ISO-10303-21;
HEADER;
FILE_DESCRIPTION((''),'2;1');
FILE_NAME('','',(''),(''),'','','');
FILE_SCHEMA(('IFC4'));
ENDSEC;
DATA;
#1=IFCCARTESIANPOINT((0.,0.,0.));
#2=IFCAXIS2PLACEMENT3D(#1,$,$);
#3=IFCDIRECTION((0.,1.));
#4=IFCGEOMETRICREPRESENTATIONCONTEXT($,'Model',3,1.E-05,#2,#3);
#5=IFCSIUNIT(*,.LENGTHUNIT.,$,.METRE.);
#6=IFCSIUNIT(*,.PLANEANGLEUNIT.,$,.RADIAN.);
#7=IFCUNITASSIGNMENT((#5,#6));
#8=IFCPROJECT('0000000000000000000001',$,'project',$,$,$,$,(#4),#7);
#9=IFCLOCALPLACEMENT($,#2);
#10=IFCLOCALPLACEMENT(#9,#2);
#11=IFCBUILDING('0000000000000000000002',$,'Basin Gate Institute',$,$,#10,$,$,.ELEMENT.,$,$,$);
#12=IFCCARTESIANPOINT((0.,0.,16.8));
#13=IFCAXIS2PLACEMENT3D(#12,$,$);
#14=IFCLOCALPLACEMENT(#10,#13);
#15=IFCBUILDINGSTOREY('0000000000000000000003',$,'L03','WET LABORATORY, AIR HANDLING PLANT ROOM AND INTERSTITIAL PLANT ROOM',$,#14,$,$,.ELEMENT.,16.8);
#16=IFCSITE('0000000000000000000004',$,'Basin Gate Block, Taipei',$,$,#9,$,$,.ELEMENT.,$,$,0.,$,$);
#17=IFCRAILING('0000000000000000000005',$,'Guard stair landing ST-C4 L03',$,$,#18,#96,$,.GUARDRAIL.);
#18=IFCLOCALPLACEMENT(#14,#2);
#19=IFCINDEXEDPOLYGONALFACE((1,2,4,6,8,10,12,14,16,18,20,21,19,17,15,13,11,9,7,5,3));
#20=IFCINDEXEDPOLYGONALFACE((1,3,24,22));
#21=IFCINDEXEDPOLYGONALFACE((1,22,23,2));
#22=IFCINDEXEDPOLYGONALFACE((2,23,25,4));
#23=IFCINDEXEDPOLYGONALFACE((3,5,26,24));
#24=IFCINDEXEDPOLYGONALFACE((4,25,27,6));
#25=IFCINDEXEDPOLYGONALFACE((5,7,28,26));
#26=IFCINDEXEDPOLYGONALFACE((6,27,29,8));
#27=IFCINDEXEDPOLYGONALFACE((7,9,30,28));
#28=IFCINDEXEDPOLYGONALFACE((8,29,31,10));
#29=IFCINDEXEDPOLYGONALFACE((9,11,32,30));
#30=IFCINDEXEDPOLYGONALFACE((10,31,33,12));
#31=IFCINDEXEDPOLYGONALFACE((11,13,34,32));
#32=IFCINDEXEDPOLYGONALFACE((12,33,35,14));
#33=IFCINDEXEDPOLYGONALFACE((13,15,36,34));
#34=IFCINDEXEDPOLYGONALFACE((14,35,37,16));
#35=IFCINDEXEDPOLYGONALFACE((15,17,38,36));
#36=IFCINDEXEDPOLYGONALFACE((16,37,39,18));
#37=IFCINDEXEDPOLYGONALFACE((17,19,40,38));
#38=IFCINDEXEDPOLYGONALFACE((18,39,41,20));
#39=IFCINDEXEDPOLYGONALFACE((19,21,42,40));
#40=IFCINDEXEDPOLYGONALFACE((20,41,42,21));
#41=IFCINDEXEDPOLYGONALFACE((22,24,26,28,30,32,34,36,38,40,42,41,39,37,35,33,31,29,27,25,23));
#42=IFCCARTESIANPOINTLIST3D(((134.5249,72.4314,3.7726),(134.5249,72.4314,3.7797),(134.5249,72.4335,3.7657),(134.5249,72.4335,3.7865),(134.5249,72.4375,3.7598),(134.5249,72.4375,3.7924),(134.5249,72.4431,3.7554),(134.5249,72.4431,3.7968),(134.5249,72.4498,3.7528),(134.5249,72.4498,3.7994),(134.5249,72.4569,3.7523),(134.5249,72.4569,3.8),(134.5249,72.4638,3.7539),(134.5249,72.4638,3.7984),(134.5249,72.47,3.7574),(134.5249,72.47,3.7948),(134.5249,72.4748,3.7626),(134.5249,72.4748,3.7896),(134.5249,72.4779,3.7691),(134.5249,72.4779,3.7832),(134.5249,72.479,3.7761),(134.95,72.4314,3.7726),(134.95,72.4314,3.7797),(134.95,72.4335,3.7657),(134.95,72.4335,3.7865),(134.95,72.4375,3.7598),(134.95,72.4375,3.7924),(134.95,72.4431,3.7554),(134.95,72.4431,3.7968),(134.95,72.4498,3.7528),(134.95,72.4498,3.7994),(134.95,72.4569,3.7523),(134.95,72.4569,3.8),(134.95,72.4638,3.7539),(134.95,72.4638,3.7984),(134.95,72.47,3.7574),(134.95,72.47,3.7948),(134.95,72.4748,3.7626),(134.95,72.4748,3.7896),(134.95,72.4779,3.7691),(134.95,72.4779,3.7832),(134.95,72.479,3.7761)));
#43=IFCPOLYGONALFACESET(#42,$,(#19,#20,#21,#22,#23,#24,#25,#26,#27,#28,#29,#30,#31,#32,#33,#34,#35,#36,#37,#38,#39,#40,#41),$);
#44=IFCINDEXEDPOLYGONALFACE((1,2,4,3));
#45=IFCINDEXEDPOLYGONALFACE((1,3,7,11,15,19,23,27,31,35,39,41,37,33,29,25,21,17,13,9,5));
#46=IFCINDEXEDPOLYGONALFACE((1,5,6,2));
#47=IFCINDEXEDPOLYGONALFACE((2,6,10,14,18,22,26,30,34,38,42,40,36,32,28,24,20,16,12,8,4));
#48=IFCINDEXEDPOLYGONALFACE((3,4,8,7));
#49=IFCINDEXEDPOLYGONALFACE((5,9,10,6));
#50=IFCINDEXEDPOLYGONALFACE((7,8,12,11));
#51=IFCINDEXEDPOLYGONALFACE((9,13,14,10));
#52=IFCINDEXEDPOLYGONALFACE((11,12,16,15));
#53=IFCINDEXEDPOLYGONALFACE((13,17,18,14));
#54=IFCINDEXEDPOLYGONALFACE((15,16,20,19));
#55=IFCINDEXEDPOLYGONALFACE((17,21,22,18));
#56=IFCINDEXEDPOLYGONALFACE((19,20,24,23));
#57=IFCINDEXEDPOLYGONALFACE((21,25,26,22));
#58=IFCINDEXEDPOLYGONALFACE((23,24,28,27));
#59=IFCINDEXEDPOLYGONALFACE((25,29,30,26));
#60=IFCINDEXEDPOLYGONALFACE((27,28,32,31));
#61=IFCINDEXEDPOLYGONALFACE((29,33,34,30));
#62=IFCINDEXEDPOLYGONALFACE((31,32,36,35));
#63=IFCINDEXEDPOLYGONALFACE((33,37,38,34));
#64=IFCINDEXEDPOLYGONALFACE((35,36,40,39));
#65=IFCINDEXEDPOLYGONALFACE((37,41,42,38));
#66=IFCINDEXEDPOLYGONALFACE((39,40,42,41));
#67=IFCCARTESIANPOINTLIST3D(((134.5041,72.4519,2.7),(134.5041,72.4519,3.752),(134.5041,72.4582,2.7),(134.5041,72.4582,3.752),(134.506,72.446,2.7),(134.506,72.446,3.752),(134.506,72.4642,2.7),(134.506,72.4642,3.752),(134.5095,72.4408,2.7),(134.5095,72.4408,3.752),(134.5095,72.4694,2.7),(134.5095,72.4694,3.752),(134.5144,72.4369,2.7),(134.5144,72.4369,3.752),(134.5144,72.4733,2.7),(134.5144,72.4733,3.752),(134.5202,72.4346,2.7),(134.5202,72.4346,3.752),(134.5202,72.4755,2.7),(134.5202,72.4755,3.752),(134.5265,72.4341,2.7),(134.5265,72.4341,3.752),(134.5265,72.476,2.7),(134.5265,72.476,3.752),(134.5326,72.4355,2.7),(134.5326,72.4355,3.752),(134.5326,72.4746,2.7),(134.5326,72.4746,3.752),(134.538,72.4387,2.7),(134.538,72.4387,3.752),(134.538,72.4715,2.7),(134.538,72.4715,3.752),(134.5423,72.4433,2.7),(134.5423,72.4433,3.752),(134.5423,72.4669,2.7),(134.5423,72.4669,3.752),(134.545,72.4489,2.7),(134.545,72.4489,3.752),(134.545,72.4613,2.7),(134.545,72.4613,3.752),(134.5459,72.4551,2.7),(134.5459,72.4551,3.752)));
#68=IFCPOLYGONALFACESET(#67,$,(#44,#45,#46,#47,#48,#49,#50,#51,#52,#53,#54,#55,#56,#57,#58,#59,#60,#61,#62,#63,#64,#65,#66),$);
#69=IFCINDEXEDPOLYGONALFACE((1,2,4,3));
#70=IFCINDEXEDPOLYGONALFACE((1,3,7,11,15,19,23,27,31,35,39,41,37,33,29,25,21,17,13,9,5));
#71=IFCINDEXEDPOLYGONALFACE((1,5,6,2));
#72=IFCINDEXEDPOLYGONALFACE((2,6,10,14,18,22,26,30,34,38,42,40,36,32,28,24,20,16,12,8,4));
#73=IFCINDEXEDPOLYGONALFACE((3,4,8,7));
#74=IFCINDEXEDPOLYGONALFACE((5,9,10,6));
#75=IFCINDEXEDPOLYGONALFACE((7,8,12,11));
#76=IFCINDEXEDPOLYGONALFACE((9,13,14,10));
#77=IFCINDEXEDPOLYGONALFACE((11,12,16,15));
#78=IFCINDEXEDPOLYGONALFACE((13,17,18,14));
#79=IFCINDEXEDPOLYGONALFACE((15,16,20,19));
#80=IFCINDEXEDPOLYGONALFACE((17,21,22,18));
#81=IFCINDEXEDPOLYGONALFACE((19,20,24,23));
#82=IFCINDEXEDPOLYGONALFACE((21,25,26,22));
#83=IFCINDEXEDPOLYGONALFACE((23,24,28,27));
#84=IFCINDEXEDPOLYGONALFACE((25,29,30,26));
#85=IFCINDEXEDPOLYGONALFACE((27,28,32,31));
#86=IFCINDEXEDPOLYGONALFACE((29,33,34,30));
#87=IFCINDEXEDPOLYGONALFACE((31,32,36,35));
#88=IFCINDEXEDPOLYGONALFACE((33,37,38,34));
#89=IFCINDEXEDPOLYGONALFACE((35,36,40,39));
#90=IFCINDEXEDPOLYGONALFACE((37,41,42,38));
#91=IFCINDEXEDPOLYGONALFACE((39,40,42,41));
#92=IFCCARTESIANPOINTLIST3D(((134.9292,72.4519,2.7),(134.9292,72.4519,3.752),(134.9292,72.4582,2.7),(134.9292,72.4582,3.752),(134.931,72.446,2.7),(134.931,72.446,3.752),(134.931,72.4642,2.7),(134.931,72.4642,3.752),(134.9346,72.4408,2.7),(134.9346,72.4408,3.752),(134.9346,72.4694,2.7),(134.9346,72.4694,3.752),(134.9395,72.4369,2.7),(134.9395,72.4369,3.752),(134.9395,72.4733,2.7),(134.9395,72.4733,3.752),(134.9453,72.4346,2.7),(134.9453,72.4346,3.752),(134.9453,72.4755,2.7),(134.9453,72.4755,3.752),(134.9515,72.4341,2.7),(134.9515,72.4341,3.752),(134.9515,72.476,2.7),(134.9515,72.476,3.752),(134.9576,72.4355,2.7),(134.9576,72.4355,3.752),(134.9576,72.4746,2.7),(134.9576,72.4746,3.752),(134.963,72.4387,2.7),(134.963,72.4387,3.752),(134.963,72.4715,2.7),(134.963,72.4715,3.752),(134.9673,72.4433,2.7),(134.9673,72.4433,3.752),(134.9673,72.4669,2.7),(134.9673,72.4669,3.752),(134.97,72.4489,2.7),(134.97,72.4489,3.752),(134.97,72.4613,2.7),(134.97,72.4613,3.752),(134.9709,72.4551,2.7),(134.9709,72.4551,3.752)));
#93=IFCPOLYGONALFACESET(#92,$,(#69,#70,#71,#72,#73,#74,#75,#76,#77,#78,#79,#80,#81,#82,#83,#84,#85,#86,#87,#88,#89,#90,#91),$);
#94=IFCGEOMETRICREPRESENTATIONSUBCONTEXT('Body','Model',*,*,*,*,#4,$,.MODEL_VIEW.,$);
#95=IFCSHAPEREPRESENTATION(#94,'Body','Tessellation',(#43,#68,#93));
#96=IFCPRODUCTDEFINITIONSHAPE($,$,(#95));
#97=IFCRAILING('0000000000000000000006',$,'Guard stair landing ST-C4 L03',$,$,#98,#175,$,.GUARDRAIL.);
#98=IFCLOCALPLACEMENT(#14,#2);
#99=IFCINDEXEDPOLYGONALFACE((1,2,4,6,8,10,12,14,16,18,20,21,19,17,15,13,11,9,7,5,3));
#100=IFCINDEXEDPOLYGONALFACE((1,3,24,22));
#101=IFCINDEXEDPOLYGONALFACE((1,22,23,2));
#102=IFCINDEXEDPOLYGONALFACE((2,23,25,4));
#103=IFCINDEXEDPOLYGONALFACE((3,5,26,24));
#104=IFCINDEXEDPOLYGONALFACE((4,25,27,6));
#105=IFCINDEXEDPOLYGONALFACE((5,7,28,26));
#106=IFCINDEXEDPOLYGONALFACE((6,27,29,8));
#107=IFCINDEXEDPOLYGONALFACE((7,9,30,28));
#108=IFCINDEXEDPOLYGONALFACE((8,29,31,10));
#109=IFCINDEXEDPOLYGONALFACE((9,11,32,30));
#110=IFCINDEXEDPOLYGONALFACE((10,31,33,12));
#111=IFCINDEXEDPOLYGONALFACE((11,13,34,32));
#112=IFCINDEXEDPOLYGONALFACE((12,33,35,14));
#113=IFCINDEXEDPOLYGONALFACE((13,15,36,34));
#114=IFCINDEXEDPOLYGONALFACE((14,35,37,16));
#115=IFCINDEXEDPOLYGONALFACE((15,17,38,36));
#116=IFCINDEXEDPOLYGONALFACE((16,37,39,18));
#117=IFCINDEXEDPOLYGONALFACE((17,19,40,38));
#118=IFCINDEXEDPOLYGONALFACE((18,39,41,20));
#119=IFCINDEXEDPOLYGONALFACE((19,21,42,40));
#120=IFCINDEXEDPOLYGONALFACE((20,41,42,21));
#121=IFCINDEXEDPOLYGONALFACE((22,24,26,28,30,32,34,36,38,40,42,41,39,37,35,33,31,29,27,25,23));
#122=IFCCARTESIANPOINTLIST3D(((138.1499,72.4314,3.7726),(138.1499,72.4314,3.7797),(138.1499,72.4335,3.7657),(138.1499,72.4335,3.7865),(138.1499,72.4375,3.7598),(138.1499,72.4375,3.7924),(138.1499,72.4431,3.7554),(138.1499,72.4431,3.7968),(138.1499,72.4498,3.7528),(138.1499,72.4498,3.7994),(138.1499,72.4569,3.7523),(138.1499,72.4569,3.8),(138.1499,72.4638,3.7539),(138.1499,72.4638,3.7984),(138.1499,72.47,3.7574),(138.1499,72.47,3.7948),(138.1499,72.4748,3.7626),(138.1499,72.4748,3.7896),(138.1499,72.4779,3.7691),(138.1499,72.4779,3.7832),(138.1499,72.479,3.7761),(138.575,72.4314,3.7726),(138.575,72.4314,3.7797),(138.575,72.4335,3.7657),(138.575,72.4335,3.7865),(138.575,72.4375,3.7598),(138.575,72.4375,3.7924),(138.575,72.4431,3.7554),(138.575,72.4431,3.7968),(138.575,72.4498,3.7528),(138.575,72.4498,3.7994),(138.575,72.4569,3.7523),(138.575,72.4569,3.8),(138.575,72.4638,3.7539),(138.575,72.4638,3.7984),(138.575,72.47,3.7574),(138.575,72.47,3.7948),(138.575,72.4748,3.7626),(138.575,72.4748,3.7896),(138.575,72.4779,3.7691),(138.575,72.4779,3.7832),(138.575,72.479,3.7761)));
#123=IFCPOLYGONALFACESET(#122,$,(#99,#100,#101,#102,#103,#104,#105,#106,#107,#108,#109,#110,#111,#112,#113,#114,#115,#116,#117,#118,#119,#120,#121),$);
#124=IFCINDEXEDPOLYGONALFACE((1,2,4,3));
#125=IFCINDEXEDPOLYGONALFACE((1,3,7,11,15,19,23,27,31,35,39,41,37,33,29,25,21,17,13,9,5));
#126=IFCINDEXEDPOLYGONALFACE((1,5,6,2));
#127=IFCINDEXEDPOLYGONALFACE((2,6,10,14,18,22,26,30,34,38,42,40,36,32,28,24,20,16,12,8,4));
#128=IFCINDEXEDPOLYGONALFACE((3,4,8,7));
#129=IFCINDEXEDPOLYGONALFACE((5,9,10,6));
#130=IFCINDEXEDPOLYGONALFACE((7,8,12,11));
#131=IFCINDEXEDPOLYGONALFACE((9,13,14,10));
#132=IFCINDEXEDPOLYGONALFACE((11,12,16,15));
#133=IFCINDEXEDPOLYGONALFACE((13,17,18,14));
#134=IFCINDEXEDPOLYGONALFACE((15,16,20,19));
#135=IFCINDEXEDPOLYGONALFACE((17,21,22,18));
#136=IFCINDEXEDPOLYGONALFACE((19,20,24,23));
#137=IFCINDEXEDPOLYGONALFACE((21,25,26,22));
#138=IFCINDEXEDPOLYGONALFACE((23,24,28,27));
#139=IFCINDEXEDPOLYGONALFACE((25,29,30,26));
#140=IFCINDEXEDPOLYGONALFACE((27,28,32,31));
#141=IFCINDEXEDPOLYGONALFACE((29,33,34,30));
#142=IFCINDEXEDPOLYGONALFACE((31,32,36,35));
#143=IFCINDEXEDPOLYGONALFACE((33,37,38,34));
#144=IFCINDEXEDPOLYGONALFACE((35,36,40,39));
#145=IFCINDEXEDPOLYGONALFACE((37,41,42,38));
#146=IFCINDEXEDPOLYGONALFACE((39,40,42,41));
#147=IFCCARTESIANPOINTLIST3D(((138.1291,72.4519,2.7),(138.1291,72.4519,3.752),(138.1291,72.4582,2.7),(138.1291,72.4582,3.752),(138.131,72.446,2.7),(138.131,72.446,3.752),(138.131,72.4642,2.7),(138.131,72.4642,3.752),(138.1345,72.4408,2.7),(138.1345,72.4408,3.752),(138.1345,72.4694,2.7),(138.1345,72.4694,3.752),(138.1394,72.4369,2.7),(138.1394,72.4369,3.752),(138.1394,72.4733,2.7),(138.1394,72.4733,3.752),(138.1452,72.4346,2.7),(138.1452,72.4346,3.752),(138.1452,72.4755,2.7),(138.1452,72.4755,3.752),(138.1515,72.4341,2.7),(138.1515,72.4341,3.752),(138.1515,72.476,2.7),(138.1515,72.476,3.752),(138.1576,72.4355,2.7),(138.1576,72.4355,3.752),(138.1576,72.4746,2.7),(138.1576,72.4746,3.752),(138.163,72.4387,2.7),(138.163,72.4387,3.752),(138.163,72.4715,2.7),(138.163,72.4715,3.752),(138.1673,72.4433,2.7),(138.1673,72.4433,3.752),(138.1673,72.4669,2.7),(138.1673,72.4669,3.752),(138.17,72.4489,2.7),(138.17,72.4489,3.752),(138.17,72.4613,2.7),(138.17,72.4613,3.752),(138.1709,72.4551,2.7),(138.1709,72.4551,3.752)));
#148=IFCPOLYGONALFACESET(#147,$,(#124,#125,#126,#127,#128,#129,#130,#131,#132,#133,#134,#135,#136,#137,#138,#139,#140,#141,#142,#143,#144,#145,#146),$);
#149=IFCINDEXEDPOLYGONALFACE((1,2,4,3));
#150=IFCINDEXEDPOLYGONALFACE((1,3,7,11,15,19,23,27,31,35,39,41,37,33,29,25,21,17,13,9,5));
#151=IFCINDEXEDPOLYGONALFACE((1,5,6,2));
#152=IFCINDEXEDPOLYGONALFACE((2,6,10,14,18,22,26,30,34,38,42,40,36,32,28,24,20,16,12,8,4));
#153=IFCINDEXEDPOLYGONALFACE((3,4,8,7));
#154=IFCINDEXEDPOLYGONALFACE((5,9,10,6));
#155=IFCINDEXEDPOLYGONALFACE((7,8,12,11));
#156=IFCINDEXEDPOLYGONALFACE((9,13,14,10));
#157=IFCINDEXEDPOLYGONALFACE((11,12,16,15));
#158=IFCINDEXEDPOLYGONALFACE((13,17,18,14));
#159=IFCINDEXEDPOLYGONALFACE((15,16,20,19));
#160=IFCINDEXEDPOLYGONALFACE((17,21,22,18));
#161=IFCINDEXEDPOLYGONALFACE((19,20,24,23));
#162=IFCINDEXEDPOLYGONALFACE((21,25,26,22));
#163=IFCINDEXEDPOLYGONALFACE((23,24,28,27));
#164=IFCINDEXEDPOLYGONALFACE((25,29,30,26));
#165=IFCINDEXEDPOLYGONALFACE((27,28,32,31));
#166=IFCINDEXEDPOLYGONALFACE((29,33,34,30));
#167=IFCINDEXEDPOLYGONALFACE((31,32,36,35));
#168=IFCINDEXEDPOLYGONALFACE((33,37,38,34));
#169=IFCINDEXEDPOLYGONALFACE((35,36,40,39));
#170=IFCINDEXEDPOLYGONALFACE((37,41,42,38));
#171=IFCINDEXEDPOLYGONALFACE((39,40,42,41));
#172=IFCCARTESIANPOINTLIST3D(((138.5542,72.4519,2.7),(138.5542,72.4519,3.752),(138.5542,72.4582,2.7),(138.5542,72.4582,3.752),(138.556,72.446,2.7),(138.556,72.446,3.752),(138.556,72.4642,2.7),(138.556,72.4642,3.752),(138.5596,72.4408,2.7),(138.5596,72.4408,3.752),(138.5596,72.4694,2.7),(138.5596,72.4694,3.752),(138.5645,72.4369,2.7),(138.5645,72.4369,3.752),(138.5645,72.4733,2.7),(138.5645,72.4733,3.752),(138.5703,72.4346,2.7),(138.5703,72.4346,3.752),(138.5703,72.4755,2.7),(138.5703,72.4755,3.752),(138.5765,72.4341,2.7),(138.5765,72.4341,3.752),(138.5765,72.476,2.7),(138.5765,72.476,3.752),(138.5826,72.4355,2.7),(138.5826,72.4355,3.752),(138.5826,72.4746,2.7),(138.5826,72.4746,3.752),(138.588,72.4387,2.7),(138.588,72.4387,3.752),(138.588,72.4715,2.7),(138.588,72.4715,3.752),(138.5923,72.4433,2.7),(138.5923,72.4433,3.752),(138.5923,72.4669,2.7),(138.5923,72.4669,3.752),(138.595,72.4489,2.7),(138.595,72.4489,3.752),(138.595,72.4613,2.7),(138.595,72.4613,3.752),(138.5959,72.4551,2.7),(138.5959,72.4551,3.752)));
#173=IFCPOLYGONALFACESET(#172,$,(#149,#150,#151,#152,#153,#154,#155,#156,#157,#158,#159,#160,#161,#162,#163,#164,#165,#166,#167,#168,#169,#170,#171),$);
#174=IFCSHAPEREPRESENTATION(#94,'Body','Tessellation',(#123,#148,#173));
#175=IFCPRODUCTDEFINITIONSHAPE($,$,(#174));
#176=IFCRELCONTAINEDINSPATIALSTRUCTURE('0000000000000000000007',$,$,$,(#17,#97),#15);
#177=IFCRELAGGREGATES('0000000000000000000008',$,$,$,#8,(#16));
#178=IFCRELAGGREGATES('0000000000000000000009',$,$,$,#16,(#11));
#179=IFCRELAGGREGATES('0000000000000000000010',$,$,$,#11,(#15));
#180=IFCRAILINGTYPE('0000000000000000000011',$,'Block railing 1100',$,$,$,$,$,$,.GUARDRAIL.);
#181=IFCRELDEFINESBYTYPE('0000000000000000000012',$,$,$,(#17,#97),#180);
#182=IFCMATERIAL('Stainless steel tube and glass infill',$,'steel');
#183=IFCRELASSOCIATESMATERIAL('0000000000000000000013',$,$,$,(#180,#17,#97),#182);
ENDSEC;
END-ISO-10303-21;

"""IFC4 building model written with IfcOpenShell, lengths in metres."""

from ifc_helpers import new_model, si_unit, direction, frame, origin, origin_2d, place, context, subcontext, project, spatial, circle, extrude, material, type_object, element, save


model = new_model("IFC4")

# Units and contexts
model_context = context("Model", 3, precision=1e-05, world=origin(), true_north=direction((0.0, 1.0)))
body_context = subcontext(model_context, "Body", "Model", "MODEL_VIEW")
ifc_project = project(units=[si_unit("LENGTHUNIT", "METRE"), si_unit("PLANEANGLEUNIT", "RADIAN")], contexts=[model_context])

# Site, building, storey
site_placement = place(None, origin())
site = spatial("IfcSite", under=ifc_project, at=site_placement, Name="Basin Gate Block, Taipei", CompositionType="ELEMENT", RefElevation=0.0)
building_placement = place(site_placement, origin())
building = spatial("IfcBuilding", under=site, at=building_placement, Name="Basin Gate Institute", CompositionType="ELEMENT")
storey_placement = place(building_placement, frame((0.0, 0.0, 16.8)))
storey = spatial("IfcBuildingStorey", under=building, at=storey_placement, Name="L03", Description="WET LABORATORY, AIR HANDLING PLANT ROOM AND INTERSTITIAL PLANT ROOM", CompositionType="ELEMENT", Elevation=16.8)

# Railings
ifc_material_1 = material(Name="Stainless steel tube and glass infill", Category="steel")
railing_type_1 = type_object("IfcRailingType", Name="Block railing 1100", PredefinedType="GUARDRAIL", material=ifc_material_1)
for number, where, name in (
    (1, (134.5249, 72.4551, 2.7), "Guard stair landing ST-C4 L03"),
    (2, (138.1499, 72.4551, 2.7), "Guard stair landing ST-C4 L03"),
):
    element("IfcRailing", number, at=place(storey_placement, frame(where)), inside=storey, type_object=railing_type_1, material=ifc_material_1, Name=name, PredefinedType="GUARDRAIL", context=body_context, shape_type="SweptSolid", body=[
        extrude(circle(Radius=0.0239, at=origin_2d()), frame((0.0, 0.0, 1.0762), z_axis=(1.0, 0.0, 0.0), x_axis=(0.0, 1.0, 0.0)), (0.0, 0.0, 1.0), 0.425),
        extrude(circle(Radius=0.021, at=origin_2d()), origin(), (0.0, 0.0, 1.0), 1.052),
        extrude(circle(Radius=0.021, at=origin_2d()), frame((0.425, 0.0, 0.0)), (0.0, 0.0, 1.0), 1.052),
    ])

save(model, "model.ifc")
